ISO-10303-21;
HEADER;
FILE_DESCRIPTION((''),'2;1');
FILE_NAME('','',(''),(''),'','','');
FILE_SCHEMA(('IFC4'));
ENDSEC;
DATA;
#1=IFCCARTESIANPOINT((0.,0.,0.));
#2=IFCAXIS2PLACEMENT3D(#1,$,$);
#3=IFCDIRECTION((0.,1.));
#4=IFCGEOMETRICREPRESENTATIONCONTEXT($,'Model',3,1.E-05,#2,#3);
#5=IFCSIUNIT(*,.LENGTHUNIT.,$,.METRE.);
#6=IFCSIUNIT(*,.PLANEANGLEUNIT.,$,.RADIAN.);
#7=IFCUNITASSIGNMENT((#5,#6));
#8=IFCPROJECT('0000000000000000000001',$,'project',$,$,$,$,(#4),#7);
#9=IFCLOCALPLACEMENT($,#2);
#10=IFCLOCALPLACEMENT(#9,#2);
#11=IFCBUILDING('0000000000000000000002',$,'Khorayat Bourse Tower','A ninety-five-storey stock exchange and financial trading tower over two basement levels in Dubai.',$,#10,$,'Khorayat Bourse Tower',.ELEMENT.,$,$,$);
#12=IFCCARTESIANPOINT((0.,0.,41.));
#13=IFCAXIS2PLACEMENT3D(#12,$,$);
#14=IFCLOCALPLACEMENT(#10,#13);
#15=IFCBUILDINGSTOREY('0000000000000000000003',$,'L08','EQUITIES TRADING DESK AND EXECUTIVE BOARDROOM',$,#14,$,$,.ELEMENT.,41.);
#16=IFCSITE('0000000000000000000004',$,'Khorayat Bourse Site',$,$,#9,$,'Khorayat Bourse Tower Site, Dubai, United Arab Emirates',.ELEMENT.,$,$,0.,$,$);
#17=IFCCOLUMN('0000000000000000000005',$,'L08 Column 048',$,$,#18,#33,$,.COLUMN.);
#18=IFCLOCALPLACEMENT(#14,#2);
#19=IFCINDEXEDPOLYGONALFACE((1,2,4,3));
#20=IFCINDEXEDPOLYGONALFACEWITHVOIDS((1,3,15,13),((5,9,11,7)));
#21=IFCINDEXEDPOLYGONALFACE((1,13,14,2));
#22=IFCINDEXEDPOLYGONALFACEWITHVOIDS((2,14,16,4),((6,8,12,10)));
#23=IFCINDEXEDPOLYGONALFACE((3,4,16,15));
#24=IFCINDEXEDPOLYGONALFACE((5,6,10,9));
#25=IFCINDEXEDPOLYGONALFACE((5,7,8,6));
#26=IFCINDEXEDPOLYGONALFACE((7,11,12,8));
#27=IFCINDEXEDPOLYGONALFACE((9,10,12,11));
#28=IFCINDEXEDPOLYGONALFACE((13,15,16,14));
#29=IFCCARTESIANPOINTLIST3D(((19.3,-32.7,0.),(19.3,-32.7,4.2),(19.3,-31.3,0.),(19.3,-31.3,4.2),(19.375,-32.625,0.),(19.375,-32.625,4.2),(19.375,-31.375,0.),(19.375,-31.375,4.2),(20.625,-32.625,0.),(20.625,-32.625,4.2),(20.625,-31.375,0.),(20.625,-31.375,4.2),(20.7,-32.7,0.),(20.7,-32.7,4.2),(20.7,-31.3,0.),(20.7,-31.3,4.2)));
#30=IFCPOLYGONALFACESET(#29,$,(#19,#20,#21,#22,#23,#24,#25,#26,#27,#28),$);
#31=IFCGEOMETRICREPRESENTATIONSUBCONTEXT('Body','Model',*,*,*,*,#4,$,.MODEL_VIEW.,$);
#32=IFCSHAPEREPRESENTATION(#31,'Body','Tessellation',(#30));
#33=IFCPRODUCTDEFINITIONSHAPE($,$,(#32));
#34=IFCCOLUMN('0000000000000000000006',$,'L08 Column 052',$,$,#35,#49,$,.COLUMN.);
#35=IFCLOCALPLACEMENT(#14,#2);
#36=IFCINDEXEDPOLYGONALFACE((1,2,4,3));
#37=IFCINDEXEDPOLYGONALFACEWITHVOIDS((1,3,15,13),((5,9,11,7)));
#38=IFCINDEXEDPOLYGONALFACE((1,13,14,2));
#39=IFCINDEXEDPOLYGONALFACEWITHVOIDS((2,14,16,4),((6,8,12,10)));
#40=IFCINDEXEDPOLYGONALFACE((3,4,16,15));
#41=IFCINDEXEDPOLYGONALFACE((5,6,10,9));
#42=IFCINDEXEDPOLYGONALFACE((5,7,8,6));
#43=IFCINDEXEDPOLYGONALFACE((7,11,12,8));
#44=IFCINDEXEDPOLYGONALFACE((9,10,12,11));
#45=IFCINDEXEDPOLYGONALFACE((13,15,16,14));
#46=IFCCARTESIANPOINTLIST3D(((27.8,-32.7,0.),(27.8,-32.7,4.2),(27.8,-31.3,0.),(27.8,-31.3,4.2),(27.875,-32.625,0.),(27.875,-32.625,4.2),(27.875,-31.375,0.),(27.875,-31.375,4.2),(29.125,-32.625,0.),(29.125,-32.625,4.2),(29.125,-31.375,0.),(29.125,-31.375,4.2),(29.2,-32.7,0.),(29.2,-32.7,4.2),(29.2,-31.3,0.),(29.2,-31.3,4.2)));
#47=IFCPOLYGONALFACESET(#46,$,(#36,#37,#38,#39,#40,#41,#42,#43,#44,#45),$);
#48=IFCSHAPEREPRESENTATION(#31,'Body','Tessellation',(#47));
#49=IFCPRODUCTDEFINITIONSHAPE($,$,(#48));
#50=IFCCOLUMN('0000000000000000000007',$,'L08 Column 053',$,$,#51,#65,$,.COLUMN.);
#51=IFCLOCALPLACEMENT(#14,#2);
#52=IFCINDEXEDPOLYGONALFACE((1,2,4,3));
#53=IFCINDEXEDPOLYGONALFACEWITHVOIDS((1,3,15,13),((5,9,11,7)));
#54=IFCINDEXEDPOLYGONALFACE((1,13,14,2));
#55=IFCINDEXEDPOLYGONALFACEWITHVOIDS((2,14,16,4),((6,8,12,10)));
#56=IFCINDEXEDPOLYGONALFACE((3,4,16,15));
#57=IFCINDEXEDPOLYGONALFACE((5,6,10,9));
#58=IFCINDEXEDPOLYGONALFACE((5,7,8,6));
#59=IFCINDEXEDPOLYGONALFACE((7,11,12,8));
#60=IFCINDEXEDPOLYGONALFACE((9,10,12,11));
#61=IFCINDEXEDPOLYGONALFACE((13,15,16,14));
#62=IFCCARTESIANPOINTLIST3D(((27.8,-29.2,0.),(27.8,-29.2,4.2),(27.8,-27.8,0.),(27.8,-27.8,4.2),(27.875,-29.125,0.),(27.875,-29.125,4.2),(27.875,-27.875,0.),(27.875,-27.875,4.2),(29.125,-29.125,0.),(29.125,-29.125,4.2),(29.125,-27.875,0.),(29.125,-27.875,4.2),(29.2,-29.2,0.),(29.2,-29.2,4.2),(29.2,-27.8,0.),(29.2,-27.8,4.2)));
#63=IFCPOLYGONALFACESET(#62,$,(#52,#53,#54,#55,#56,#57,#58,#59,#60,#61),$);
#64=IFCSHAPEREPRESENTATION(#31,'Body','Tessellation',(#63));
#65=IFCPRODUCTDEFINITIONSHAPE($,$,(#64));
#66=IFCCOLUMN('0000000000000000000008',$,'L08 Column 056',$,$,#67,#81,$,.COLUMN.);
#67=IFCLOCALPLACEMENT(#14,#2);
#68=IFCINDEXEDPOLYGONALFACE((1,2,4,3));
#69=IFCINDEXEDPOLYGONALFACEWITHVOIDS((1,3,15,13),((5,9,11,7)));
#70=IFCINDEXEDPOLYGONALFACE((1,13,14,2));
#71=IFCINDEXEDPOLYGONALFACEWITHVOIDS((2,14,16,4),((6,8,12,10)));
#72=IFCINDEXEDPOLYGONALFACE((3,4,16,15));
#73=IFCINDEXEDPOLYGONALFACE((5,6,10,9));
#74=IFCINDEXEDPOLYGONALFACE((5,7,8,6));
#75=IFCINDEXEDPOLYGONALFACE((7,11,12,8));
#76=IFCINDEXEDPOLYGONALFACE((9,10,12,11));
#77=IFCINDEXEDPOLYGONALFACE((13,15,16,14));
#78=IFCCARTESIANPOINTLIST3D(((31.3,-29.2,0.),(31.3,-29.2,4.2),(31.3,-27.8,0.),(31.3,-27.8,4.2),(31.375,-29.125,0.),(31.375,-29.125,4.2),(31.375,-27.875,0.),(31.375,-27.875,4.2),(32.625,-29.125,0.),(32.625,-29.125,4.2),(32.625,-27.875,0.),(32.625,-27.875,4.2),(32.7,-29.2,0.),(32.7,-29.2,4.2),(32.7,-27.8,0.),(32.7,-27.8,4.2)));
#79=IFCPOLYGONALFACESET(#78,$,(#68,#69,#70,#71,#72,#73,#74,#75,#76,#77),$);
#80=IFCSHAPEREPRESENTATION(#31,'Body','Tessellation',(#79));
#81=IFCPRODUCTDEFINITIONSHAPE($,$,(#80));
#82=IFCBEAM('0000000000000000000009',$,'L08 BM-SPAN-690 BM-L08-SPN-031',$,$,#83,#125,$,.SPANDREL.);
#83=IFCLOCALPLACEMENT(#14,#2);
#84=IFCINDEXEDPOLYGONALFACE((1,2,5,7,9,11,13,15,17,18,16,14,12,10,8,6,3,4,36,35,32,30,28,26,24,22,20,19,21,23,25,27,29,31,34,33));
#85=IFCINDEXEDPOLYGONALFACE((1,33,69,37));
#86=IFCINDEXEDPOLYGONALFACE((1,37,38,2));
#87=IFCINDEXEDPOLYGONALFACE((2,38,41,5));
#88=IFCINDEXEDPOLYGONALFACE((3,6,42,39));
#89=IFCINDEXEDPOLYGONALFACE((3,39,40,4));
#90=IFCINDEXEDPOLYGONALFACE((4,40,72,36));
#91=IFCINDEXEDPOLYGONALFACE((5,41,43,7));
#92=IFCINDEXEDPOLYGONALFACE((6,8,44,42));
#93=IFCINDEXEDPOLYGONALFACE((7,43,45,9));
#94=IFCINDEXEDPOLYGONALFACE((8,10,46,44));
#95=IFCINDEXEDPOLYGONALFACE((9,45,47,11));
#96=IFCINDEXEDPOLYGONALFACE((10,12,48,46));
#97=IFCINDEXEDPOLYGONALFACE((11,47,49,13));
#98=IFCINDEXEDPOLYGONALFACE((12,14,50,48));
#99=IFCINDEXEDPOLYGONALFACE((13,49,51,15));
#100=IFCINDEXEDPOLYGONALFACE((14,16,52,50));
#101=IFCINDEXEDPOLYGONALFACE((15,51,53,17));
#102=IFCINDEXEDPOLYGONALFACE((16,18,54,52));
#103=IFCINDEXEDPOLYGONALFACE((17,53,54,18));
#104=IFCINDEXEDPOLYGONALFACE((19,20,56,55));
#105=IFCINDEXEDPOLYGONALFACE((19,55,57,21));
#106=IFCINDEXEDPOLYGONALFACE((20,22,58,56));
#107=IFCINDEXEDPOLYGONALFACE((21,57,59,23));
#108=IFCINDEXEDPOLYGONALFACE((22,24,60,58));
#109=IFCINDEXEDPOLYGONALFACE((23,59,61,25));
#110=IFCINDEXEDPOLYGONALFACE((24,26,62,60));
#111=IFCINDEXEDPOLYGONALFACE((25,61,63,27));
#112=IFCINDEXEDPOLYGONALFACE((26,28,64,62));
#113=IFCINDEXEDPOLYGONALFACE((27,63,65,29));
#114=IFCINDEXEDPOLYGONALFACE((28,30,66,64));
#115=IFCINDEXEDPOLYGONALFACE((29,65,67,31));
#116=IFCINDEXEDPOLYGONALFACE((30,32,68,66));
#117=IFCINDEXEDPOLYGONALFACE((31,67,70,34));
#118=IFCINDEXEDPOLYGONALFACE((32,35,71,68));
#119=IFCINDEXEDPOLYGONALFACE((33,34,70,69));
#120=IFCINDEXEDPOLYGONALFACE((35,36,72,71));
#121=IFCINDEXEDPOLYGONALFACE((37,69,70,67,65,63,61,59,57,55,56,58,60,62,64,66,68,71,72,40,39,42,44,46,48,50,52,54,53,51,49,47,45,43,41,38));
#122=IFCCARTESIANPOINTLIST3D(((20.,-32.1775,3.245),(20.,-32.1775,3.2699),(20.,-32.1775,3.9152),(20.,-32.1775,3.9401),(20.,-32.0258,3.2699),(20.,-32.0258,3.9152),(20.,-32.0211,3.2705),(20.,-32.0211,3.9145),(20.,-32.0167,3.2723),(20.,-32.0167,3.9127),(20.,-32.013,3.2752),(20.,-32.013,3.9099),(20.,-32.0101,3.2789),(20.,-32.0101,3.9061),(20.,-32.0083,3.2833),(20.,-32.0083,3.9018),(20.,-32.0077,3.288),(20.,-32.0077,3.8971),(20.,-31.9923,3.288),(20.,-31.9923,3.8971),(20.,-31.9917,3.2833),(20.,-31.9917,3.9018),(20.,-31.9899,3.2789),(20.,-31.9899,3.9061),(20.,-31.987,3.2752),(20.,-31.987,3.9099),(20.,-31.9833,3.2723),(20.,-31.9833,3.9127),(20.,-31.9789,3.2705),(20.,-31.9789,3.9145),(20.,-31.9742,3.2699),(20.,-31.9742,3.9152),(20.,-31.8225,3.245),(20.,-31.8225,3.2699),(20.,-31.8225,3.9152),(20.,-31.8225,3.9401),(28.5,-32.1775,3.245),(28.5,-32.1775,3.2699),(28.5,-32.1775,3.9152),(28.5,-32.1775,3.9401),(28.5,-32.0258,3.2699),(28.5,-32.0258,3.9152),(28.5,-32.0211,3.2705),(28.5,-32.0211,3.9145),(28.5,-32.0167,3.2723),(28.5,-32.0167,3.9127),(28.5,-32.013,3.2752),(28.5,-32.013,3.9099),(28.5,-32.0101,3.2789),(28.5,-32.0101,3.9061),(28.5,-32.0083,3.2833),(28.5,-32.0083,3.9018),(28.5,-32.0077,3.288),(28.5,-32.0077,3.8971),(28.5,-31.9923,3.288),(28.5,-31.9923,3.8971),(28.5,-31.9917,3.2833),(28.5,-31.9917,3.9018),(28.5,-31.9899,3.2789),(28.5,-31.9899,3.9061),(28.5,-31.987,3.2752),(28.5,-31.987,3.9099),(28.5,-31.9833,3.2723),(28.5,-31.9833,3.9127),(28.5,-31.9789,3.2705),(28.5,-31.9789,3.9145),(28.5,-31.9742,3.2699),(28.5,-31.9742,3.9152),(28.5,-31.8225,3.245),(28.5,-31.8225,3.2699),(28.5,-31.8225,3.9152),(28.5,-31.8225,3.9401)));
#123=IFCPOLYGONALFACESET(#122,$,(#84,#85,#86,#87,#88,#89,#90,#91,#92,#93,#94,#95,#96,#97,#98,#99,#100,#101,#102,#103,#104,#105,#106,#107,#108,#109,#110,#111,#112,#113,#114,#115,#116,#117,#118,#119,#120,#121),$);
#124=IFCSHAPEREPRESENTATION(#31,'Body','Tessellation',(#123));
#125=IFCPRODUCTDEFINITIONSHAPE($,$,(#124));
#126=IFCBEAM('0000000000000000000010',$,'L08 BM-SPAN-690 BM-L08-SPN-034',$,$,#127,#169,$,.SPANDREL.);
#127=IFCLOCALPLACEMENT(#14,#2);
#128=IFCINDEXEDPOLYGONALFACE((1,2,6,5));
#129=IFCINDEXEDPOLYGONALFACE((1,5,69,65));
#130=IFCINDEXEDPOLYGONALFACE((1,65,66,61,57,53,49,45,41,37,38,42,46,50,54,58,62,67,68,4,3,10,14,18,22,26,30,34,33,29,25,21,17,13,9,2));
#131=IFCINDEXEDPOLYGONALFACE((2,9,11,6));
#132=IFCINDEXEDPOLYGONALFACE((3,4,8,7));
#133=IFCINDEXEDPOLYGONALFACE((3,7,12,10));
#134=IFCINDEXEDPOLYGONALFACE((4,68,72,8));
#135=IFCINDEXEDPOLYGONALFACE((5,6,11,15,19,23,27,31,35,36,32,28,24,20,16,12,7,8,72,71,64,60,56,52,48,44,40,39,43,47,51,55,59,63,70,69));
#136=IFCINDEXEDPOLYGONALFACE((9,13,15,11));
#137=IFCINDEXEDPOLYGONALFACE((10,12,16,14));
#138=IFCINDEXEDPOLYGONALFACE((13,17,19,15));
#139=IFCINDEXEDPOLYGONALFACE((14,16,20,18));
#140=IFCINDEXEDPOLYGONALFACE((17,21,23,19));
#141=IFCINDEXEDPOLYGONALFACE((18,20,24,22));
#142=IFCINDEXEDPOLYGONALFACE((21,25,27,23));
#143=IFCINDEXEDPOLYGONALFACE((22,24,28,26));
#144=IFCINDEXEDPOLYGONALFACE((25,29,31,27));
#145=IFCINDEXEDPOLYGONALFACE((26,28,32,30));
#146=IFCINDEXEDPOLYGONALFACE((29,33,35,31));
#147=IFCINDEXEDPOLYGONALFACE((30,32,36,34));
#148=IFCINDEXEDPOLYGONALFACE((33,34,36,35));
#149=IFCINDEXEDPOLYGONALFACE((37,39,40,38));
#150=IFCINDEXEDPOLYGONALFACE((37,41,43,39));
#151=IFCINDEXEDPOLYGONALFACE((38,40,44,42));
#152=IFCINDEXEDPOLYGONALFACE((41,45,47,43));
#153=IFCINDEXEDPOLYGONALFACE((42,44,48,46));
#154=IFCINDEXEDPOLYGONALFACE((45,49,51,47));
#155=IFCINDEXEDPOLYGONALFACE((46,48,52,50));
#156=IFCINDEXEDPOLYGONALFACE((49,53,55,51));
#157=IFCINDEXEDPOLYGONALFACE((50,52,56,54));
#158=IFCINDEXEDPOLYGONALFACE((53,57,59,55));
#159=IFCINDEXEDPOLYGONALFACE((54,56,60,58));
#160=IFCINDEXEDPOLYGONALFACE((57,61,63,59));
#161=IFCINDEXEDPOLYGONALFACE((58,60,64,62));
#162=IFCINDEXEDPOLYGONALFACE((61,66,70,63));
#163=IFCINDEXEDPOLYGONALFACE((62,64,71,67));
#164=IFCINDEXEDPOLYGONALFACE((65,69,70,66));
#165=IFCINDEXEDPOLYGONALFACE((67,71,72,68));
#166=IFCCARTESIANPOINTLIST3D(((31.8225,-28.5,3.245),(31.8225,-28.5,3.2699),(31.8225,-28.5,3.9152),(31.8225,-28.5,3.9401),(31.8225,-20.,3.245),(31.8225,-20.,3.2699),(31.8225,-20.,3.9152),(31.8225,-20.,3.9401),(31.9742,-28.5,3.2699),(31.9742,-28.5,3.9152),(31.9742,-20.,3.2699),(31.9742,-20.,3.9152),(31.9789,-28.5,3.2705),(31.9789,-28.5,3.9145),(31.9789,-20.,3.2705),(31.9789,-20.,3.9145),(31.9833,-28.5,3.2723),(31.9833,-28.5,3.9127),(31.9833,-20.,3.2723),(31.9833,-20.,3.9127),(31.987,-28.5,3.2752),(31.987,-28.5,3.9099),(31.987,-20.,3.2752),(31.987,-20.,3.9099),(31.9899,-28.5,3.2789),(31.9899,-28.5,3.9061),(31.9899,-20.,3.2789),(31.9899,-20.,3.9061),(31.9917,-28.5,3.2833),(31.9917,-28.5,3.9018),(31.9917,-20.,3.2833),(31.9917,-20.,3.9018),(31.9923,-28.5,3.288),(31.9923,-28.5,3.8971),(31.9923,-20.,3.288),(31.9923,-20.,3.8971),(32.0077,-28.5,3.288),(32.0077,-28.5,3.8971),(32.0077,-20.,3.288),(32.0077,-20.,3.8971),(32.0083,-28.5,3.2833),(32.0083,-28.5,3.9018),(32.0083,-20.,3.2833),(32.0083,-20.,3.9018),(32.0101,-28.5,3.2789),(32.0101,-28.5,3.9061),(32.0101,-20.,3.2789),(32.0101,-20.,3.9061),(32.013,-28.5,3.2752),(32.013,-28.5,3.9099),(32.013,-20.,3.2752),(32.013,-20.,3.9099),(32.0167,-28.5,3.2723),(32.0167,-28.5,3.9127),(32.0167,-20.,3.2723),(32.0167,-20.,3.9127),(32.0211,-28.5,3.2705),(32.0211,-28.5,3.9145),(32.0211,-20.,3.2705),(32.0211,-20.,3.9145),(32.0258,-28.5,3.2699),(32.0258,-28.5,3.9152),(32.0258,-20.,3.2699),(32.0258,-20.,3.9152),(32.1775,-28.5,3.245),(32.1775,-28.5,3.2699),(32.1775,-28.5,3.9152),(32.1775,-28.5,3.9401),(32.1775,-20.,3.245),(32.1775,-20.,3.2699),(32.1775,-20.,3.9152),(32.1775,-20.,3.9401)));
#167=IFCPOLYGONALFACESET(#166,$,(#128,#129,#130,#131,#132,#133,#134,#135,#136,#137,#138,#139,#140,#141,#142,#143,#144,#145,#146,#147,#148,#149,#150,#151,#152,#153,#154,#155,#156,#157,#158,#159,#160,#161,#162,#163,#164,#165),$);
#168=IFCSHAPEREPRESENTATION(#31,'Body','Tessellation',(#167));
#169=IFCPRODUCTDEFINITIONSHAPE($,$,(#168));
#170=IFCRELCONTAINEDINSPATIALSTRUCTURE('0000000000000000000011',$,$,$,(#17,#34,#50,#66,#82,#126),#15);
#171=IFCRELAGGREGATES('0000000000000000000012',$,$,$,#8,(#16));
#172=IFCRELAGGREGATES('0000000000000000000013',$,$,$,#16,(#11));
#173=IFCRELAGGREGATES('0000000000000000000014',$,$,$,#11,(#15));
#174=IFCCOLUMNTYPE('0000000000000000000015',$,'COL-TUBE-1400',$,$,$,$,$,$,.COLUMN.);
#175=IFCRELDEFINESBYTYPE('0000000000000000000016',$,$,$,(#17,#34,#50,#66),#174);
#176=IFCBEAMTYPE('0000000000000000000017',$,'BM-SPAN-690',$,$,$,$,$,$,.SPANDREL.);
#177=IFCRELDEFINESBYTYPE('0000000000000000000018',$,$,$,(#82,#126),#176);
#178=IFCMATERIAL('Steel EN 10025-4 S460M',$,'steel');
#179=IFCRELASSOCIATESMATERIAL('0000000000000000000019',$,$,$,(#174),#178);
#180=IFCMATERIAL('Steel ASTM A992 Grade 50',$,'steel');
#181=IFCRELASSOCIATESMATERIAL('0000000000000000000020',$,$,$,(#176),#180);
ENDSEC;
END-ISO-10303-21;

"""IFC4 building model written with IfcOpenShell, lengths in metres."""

from ifc_helpers import new_model, si_unit, direction, frame, origin, origin_2d, place, context, subcontext, project, spatial, hollow_rectangle, i_section, extrude, source, transform, mapped, material, material_profile, profile_set, type_object, element, save


model = new_model("IFC4")

# Units and contexts
model_context = context("Model", 3, precision=1e-05, world=origin(), true_north=direction((0.0, 1.0)))
body_context = subcontext(model_context, "Body", "Model", "MODEL_VIEW")
ifc_project = project(units=[si_unit("LENGTHUNIT", "METRE"), si_unit("PLANEANGLEUNIT", "RADIAN")], contexts=[model_context])

# Site, building, storey
site_placement = place(None, origin())
site = spatial("IfcSite", under=ifc_project, at=site_placement, Name="Khorayat Bourse Site", LongName="Khorayat Bourse Tower Site, Dubai, United Arab Emirates", CompositionType="ELEMENT", RefElevation=0.0)
building_placement = place(site_placement, origin())
building = spatial("IfcBuilding", under=site, at=building_placement, Name="Khorayat Bourse Tower", Description="A ninety-five-storey stock exchange and financial trading tower over two basement levels in Dubai.", LongName="Khorayat Bourse Tower", CompositionType="ELEMENT")
storey_placement = place(building_placement, frame((0.0, 0.0, 41.0)))
storey = spatial("IfcBuildingStorey", under=building, at=storey_placement, Name="L08", Description="EQUITIES TRADING DESK AND EXECUTIVE BOARDROOM", CompositionType="ELEMENT", Elevation=41.0)

# Columns
ifc_material_1 = material(Name="Steel EN 10025-4 S460M", Category="steel")
ifc_material_profile_1 = material_profile(ifc_material_1, hollow_rectangle(XDim=1.3999, YDim=1.3999, WallThickness=0.075, at=origin_2d()), Name="BOX 1400x1400x75")
ifc_profile_set_1 = profile_set([ifc_material_profile_1], Name="Steel EN 10025-4 S460M")
column_type = type_object("IfcColumnType", Name="COL-TUBE-1400", PredefinedType="COLUMN", material=ifc_profile_set_1)
shared_shape_1 = source(origin(), body_context, "Body", "SweptSolid", [
    extrude(hollow_rectangle(XDim=1.3999, YDim=1.3999, WallThickness=0.075, at=origin_2d()), origin(), (0.0, 0.0, 1.0), 4.2),
])
for number, where, z_axis, x_axis, name in (
    (1, (20.0, -32.0, 0.0), (0.0, 0.0, 1.0), (1.0, 0.0, 0.0), "L08 Column 048"),
    (2, (28.5, -32.0, 0.0), (0.0, 0.0, 1.0), (1.0, 0.0, 0.0), "L08 Column 052"),
    (3, (28.5, -28.5, 0.0), (0.0, 0.0, 1.0), (1.0, 0.0, 0.0), "L08 Column 053"),
    (4, (32.0, -28.5, 0.0), (0.0, 0.0, 1.0), (1.0, 0.0, 0.0), "L08 Column 056"),
):
    element("IfcColumn", number, at=place(storey_placement, frame(where, z_axis=z_axis, x_axis=x_axis)), inside=storey, type_object=column_type, Name=name, PredefinedType="COLUMN", context=body_context, shape_type="MappedRepresentation", body=[
        mapped(shared_shape_1, transform((0.0, 0.0, 0.0), scale=1.0)),
    ])

# Beams
ifc_material_2 = material(Name="Steel ASTM A992 Grade 50", Category="steel")
ifc_material_profile_2 = material_profile(ifc_material_2, i_section(OverallWidth=0.355, OverallDepth=0.6951, WebThickness=0.0154, FlangeThickness=0.0249, FilletRadius=0.0181, at=origin_2d()), Name="W690X217")
ifc_profile_set_2 = profile_set([ifc_material_profile_2], Name="Steel ASTM A992 Grade 50")
beam_type_1 = type_object("IfcBeamType", Name="BM-SPAN-690", PredefinedType="SPANDREL", material=ifc_profile_set_2)
shared_shape_2 = source(origin(), body_context, "Body", "SweptSolid", [
    extrude(i_section(OverallWidth=0.355, OverallDepth=0.6951, WebThickness=0.0154, FlangeThickness=0.0249, FilletRadius=0.0181, at=origin_2d()), origin(), (0.0, 0.0, 1.0), 8.5),
])
for number, where, z_axis, x_axis, name in (
    (5, (20.0, -32.0, 3.5925), (1.0, 0.0, 0.0), (0.0, 1.0, 0.0), "L08 BM-SPAN-690 BM-L08-SPN-031"),
    (6, (32.0, -28.5, 3.5925), (0.0, 1.0, 0.0), (-1.0, 0.0, 0.0), "L08 BM-SPAN-690 BM-L08-SPN-034"),
):
    element("IfcBeam", number, at=place(storey_placement, frame(where, z_axis=z_axis, x_axis=x_axis)), inside=storey, type_object=beam_type_1, Name=name, PredefinedType="SPANDREL", context=body_context, shape_type="MappedRepresentation", body=[
        mapped(shared_shape_2, transform((0.0, 0.0, 0.0), scale=1.0)),
    ])

save(model, "model.ifc")
